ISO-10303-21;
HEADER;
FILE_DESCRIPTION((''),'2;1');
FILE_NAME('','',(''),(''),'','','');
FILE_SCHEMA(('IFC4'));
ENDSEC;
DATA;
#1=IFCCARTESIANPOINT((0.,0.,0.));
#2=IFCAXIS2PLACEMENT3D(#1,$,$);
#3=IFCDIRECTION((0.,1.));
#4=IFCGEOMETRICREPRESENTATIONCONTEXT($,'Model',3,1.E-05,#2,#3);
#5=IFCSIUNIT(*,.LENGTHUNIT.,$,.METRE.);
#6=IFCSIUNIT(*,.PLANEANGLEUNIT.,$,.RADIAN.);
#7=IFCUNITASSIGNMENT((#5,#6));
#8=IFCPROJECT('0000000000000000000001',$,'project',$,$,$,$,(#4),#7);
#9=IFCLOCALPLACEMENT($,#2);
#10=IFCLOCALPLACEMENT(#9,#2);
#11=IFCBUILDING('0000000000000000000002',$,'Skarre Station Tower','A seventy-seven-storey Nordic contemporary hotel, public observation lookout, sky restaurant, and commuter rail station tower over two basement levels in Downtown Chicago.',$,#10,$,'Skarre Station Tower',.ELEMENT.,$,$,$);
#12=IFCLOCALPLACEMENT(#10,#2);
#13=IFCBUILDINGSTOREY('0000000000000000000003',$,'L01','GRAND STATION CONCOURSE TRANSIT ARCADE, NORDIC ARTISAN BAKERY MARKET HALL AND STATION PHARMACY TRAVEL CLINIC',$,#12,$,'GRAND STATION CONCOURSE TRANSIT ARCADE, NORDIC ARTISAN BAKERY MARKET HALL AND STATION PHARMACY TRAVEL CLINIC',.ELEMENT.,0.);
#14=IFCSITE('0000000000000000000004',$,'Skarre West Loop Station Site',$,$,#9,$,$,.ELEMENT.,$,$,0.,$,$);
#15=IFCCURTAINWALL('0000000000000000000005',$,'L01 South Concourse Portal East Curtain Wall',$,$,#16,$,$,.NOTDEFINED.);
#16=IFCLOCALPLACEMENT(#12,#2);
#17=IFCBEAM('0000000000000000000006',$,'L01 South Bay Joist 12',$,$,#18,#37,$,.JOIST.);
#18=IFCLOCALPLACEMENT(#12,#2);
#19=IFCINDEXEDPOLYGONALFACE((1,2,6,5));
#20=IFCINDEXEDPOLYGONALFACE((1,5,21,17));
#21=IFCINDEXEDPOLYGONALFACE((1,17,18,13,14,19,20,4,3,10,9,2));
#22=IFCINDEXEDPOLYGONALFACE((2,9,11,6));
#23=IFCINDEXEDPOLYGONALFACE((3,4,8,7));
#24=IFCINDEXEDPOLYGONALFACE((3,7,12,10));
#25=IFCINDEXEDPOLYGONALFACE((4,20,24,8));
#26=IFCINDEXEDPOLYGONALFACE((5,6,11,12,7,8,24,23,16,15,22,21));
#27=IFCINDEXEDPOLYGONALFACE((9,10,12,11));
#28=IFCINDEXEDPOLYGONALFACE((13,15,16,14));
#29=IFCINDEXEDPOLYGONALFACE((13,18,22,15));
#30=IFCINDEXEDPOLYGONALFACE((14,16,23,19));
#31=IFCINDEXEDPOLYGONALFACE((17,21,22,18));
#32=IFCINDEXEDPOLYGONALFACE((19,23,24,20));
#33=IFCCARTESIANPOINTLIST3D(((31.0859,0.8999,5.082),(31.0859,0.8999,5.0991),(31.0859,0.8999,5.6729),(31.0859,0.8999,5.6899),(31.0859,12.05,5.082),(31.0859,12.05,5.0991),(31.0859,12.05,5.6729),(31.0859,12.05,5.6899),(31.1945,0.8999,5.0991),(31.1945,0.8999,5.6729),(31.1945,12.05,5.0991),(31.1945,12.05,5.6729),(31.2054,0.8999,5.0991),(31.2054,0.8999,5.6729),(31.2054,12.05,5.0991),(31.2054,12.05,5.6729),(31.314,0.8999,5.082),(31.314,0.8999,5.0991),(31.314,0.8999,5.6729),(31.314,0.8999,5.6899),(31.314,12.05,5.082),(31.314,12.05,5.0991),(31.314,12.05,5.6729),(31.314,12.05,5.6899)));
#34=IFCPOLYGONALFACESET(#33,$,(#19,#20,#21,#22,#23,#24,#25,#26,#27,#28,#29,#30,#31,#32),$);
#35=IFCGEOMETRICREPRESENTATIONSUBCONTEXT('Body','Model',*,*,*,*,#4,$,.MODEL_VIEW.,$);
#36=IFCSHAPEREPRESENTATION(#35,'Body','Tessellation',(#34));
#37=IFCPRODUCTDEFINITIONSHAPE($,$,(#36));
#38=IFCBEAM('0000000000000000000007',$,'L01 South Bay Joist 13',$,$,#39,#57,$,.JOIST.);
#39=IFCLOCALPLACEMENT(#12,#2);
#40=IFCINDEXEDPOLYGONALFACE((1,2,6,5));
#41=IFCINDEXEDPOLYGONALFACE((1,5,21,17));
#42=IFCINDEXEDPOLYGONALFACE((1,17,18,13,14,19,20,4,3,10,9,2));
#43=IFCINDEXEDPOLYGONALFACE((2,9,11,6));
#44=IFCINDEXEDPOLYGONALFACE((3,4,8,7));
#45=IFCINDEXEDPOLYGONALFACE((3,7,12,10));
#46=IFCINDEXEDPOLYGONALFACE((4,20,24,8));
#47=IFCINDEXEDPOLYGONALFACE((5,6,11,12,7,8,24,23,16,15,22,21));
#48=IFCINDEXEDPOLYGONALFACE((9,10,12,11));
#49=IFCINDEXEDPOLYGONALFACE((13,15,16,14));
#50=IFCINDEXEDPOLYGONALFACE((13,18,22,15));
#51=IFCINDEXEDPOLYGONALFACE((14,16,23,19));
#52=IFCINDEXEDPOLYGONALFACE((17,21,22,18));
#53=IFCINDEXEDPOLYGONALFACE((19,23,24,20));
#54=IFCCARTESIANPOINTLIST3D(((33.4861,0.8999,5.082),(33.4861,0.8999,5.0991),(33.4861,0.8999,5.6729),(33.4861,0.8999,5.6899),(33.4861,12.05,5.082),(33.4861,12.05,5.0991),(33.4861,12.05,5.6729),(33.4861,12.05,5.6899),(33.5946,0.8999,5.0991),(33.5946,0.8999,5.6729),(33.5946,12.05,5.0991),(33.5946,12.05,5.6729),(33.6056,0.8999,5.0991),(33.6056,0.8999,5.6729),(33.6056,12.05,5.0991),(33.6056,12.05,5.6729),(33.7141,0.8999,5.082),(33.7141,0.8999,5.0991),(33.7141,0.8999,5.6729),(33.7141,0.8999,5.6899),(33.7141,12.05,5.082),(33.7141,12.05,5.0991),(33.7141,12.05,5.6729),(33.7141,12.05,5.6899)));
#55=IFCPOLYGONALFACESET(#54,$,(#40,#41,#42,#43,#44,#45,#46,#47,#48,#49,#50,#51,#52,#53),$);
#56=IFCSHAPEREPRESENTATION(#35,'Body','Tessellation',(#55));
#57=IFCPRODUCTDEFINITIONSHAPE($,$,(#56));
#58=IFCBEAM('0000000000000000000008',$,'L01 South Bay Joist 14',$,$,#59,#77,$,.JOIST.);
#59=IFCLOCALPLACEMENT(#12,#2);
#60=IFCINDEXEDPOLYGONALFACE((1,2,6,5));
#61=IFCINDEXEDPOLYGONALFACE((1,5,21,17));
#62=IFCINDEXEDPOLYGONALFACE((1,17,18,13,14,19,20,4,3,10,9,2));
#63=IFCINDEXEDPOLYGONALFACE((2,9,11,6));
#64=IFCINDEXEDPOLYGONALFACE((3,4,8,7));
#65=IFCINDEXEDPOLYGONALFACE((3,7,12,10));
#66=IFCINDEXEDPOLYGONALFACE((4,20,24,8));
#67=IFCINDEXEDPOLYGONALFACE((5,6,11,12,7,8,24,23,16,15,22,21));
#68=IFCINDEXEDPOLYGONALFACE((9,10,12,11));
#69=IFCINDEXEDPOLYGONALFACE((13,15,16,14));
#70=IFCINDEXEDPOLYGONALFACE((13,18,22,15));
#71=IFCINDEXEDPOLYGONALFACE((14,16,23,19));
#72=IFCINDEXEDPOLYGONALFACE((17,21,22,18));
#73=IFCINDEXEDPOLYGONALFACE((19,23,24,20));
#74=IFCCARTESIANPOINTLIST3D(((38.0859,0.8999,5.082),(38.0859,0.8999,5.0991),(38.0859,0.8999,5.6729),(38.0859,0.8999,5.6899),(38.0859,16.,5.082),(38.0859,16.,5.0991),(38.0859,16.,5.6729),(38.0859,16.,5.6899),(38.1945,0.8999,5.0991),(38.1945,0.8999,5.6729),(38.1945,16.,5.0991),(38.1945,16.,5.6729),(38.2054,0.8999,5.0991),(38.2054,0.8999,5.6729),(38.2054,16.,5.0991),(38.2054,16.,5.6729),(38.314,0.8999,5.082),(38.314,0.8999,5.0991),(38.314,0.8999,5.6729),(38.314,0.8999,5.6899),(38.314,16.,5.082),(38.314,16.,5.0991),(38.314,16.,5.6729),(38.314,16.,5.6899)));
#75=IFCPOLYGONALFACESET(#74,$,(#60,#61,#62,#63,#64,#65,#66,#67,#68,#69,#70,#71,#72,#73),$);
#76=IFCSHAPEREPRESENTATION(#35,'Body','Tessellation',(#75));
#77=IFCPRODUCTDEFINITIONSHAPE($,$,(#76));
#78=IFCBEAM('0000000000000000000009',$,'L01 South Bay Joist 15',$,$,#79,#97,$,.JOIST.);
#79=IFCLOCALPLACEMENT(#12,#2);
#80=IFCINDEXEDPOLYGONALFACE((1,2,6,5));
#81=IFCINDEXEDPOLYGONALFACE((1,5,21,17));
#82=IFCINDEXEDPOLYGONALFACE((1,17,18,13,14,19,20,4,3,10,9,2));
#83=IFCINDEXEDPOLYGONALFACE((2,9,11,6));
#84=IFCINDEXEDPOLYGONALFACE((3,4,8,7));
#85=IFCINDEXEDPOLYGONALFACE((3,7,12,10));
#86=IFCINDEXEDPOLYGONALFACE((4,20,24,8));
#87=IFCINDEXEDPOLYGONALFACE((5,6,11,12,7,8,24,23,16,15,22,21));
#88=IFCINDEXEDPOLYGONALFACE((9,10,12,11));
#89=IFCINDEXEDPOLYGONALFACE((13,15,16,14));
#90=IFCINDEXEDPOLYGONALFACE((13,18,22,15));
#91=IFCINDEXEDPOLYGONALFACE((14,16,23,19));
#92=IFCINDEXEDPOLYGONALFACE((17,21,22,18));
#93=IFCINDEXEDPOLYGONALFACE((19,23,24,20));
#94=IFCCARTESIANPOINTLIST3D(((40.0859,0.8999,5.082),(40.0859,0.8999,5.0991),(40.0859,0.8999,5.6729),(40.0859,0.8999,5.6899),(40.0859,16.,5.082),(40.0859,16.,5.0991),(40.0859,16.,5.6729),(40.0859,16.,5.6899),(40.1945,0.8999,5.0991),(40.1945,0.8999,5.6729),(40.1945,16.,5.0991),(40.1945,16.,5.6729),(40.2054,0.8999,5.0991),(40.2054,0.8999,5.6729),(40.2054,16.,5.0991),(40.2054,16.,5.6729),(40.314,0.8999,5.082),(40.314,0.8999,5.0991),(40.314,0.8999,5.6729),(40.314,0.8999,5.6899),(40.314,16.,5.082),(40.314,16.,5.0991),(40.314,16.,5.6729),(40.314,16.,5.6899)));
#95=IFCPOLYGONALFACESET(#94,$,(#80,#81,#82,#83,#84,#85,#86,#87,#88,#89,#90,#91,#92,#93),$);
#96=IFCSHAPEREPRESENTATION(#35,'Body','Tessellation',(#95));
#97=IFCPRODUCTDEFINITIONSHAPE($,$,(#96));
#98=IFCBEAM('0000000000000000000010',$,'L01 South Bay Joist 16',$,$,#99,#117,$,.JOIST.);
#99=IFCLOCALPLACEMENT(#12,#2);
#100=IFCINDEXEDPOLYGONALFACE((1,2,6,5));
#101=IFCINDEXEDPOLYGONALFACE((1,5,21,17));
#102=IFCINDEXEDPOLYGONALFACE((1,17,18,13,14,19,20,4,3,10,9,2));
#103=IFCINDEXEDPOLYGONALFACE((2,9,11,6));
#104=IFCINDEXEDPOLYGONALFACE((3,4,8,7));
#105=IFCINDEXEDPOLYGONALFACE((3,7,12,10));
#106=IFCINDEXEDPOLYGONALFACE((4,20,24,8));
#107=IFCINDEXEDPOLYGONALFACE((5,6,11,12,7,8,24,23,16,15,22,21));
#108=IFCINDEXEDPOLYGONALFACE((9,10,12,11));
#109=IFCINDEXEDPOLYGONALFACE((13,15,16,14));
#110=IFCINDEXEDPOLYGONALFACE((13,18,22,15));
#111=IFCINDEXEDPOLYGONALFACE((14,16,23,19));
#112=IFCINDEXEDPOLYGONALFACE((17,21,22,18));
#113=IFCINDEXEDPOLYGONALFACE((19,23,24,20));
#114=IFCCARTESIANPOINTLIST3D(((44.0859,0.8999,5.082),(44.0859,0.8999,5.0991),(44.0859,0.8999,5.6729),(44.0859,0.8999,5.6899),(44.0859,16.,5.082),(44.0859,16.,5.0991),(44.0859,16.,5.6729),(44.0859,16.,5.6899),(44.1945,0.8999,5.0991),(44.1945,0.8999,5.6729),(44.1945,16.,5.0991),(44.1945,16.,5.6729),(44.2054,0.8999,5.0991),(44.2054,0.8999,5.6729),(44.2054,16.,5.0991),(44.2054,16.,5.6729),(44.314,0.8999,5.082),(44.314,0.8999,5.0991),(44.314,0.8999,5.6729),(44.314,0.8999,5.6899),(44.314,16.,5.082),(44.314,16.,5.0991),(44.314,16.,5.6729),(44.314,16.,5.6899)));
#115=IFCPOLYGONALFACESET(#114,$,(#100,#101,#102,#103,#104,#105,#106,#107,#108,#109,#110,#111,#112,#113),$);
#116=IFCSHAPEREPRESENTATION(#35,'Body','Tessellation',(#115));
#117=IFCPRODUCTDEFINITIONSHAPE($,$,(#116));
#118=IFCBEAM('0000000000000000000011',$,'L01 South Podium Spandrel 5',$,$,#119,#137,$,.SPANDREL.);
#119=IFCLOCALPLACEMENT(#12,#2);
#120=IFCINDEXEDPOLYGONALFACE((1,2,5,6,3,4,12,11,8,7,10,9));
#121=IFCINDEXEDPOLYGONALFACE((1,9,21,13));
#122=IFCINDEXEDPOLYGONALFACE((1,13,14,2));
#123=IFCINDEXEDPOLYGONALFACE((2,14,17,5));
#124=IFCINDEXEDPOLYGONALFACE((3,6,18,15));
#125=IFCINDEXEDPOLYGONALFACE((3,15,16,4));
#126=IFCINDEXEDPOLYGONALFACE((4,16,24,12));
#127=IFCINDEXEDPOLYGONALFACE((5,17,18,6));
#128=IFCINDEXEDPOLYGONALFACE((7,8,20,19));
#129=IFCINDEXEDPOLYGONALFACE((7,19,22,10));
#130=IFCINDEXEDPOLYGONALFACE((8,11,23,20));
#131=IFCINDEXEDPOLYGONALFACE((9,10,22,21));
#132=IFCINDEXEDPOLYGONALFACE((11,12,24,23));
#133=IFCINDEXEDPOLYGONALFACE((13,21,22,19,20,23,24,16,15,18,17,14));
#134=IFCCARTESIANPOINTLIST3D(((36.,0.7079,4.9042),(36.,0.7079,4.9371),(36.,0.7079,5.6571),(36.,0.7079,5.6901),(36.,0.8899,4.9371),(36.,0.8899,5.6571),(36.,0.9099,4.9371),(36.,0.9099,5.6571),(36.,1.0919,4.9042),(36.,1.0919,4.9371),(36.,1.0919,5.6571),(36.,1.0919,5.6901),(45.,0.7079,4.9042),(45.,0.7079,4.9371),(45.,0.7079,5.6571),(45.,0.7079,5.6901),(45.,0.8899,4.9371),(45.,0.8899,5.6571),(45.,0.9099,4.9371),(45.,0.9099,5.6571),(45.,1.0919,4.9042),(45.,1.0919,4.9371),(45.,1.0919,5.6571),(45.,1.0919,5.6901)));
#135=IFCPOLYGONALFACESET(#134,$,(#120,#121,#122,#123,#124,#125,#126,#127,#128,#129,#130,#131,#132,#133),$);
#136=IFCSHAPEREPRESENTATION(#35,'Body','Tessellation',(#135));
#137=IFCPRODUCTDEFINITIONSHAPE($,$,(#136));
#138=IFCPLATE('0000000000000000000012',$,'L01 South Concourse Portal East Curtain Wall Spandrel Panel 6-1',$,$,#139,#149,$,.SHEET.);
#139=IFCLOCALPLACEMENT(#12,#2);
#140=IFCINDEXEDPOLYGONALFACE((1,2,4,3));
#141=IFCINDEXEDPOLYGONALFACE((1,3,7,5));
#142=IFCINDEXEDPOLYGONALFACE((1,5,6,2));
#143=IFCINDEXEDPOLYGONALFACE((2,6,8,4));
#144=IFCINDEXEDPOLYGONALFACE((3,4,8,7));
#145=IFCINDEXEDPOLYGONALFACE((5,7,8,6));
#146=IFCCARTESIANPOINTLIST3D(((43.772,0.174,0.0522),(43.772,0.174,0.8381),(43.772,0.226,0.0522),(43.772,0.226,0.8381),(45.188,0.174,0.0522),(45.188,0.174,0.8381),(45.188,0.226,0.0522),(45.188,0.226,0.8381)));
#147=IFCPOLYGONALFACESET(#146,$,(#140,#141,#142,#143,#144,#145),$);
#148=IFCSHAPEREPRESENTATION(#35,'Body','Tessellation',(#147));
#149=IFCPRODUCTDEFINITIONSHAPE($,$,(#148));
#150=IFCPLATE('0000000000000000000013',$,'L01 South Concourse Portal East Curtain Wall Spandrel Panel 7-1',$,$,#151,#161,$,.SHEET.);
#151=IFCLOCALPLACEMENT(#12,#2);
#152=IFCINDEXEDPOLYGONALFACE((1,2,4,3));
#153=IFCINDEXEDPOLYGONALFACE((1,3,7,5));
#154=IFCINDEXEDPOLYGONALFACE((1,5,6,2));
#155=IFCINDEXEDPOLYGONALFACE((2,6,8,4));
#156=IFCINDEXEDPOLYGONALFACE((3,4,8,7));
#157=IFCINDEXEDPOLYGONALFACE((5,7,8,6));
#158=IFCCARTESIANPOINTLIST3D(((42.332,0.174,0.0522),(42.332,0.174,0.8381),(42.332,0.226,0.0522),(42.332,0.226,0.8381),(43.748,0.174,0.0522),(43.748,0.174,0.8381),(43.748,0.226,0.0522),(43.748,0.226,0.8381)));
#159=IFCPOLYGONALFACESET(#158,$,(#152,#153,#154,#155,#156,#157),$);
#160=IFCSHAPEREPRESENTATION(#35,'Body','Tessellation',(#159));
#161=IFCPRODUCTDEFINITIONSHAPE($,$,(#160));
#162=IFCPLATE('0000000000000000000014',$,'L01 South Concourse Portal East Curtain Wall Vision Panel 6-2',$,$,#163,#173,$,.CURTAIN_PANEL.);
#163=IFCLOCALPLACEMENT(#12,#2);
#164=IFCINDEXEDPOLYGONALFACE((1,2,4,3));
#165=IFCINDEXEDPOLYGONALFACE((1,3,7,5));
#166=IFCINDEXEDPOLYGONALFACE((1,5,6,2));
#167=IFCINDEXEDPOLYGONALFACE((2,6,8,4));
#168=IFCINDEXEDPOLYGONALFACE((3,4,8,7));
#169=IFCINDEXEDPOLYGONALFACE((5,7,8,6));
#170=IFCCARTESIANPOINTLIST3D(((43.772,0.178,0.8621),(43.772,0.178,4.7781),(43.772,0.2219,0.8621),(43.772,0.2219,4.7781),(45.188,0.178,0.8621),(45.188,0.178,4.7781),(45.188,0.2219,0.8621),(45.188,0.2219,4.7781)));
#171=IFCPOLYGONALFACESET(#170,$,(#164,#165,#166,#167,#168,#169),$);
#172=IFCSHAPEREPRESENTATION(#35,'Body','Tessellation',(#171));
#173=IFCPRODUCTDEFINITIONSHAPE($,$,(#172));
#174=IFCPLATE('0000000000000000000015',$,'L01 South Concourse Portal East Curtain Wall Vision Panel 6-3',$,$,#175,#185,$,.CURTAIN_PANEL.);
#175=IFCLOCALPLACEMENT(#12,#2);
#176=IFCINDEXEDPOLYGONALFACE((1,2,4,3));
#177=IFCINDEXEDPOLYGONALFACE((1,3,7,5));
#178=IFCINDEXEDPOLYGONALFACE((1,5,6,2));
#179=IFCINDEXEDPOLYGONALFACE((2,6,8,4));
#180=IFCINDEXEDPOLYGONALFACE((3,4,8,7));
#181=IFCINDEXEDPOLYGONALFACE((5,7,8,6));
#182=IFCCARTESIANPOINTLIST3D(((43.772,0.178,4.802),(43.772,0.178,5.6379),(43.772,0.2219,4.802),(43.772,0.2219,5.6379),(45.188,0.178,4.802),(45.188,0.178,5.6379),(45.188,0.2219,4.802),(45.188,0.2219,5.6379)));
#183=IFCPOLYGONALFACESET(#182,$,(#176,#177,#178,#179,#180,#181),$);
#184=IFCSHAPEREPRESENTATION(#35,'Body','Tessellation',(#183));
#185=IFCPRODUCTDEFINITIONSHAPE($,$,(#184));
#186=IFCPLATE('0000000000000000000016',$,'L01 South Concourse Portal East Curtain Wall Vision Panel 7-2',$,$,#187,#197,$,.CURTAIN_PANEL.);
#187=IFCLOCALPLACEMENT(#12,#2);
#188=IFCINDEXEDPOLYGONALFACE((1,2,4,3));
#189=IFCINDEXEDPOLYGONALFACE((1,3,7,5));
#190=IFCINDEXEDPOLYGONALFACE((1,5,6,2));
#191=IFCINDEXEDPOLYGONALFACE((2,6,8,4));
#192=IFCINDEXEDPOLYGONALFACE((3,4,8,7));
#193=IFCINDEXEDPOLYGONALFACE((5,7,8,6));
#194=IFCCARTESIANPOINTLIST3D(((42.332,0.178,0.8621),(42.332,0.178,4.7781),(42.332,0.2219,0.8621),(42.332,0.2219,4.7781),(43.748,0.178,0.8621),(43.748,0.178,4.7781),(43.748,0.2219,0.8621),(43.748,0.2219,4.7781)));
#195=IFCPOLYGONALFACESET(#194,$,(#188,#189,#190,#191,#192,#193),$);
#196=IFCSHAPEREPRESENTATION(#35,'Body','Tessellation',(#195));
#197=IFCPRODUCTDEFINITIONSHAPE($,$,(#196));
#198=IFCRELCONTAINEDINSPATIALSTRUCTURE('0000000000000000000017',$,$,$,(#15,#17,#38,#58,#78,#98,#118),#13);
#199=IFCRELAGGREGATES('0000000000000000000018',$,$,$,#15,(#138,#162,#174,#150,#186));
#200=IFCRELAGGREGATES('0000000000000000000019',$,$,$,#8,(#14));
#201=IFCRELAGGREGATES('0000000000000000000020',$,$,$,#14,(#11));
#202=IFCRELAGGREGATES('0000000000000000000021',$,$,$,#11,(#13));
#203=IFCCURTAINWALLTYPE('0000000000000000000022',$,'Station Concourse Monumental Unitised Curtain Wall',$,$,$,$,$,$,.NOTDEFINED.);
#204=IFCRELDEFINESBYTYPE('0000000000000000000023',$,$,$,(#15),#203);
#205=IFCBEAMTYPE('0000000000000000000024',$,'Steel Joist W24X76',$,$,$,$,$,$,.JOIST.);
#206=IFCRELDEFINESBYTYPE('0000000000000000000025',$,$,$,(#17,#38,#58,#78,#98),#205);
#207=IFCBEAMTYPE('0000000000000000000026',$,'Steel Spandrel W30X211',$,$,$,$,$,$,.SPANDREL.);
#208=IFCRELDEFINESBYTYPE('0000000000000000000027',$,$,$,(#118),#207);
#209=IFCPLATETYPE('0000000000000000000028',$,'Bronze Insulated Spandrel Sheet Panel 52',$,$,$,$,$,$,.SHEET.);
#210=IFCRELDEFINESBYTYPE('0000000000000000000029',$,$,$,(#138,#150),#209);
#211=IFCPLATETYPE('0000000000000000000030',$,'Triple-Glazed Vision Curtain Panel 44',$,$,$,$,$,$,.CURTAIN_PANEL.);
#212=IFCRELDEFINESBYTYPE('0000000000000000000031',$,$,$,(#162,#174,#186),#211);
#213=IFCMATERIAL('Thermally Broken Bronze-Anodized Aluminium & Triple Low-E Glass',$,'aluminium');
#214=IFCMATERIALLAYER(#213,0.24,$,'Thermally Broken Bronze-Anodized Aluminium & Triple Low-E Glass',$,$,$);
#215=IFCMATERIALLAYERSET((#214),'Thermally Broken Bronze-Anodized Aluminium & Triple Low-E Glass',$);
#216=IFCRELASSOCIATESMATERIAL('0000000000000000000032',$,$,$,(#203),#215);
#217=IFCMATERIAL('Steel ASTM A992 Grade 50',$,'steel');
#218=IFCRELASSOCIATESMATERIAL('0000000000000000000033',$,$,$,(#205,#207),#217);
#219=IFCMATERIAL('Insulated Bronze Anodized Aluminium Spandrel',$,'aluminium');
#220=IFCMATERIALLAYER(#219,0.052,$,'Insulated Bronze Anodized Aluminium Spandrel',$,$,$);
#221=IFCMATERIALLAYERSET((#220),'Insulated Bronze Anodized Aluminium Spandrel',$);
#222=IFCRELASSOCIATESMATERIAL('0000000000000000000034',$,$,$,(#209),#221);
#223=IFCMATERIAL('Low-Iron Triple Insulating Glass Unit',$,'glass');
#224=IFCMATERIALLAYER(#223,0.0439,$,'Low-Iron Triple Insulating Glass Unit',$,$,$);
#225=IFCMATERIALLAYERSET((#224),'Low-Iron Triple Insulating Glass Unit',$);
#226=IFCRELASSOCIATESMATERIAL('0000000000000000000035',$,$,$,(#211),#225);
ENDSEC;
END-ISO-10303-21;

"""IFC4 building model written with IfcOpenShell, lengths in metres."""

from ifc_helpers import new_model, si_unit, direction, frame, origin, origin_2d, place, context, subcontext, project, spatial, rectangle, i_section, extrude, material, layer, layer_set, material_profile, profile_set, type_object, element, aggregate, save


model = new_model("IFC4")

# Units and contexts
model_context = context("Model", 3, precision=1e-05, world=origin(), true_north=direction((0.0, 1.0)))
body_context = subcontext(model_context, "Body", "Model", "MODEL_VIEW")
ifc_project = project(units=[si_unit("LENGTHUNIT", "METRE"), si_unit("PLANEANGLEUNIT", "RADIAN")], contexts=[model_context])

# Site, building, storey
site_placement = place(None, origin())
site = spatial("IfcSite", under=ifc_project, at=site_placement, Name="Skarre West Loop Station Site", CompositionType="ELEMENT", RefElevation=0.0)
building_placement = place(site_placement, origin())
building = spatial("IfcBuilding", under=site, at=building_placement, Name="Skarre Station Tower", Description="A seventy-seven-storey Nordic contemporary hotel, public observation lookout, sky restaurant, and commuter rail station tower over two basement levels in Downtown Chicago.", LongName="Skarre Station Tower", CompositionType="ELEMENT")
storey_placement = place(building_placement, origin())
storey = spatial("IfcBuildingStorey", under=building, at=storey_placement, Name="L01", Description="GRAND STATION CONCOURSE TRANSIT ARCADE, NORDIC ARTISAN BAKERY MARKET HALL AND STATION PHARMACY TRAVEL CLINIC", LongName="GRAND STATION CONCOURSE TRANSIT ARCADE, NORDIC ARTISAN BAKERY MARKET HALL AND STATION PHARMACY TRAVEL CLINIC", CompositionType="ELEMENT", Elevation=0.0)

# Curtain wall
ifc_material_1 = material(Name="Thermally Broken Bronze-Anodized Aluminium & Triple Low-E Glass", Category="aluminium")
ifc_layer_1 = layer(ifc_material_1, 0.24, Name="Thermally Broken Bronze-Anodized Aluminium & Triple Low-E Glass")
ifc_layer_set_1 = layer_set([ifc_layer_1], Name="Thermally Broken Bronze-Anodized Aluminium & Triple Low-E Glass")
curtain_wall_type = type_object("IfcCurtainWallType", Name="Station Concourse Monumental Unitised Curtain Wall", PredefinedType="NOTDEFINED", material=ifc_layer_set_1)
curtain_wall_placement = place(storey_placement, origin())
curtain_wall = element("IfcCurtainWall", 1, at=curtain_wall_placement, inside=storey, type_object=curtain_wall_type, Name="L01 South Concourse Portal East Curtain Wall", PredefinedType="NOTDEFINED")

# Beams
ifc_material_2 = material(Name="Steel ASTM A992 Grade 50", Category="steel")
ifc_material_profile_1 = material_profile(ifc_material_2, i_section(OverallWidth=0.228, OverallDepth=0.6079, WebThickness=0.011, FlangeThickness=0.0171, at=origin_2d()), Name="Steel ASTM A992 Grade 50")
ifc_profile_set_1 = profile_set([ifc_material_profile_1], Name="Steel ASTM A992 Grade 50")
beam_type_1 = type_object("IfcBeamType", Name="Steel Joist W24X76", PredefinedType="JOIST", material=ifc_profile_set_1)
for number, where, z_axis, x_axis, name in (
    (2, (31.2, 0.8999, 5.386), (0.0, 1.0, 0.0), (-1.0, 0.0, 0.0), "L01 South Bay Joist 12"),
    (3, (33.6001, 0.8999, 5.386), (0.0, 1.0, 0.0), (-1.0, 0.0, 0.0), "L01 South Bay Joist 13"),
):
    element("IfcBeam", number, at=place(storey_placement, frame(where, z_axis=z_axis, x_axis=x_axis)), inside=storey, type_object=beam_type_1, Name=name, PredefinedType="JOIST", context=body_context, shape_type="SweptSolid", body=[
        extrude(i_section(OverallWidth=0.228, OverallDepth=0.6079, WebThickness=0.011, FlangeThickness=0.0171, at=origin_2d()), origin(), (0.0, 0.0, 1.0), 11.1501),
    ])
for number, where, z_axis, x_axis, name in (
    (4, (38.2, 0.8999, 5.386), (0.0, 1.0, 0.0), (-1.0, 0.0, 0.0), "L01 South Bay Joist 14"),
    (5, (40.2, 0.8999, 5.386), (0.0, 1.0, 0.0), (-1.0, 0.0, 0.0), "L01 South Bay Joist 15"),
    (6, (44.2, 0.8999, 5.386), (0.0, 1.0, 0.0), (-1.0, 0.0, 0.0), "L01 South Bay Joist 16"),
):
    element("IfcBeam", number, at=place(storey_placement, frame(where, z_axis=z_axis, x_axis=x_axis)), inside=storey, type_object=beam_type_1, Name=name, PredefinedType="JOIST", context=body_context, shape_type="SweptSolid", body=[
        extrude(i_section(OverallWidth=0.228, OverallDepth=0.6079, WebThickness=0.011, FlangeThickness=0.0171, at=origin_2d()), origin(), (0.0, 0.0, 1.0), 15.1001),
    ])
ifc_material_profile_2 = material_profile(ifc_material_2, i_section(OverallWidth=0.384, OverallDepth=0.7859, WebThickness=0.02, FlangeThickness=0.033, at=origin_2d()), Name="Steel ASTM A992 Grade 50")
ifc_profile_set_2 = profile_set([ifc_material_profile_2], Name="Steel ASTM A992 Grade 50")
beam_type_2 = type_object("IfcBeamType", Name="Steel Spandrel W30X211", PredefinedType="SPANDREL", material=ifc_profile_set_2)
beam_1_placement = place(storey_placement, frame((36.0, 0.8999, 5.2971), z_axis=(1.0, 0.0, 0.0), x_axis=(0.0, 1.0, 0.0)))
element("IfcBeam", 7, at=beam_1_placement, inside=storey, type_object=beam_type_2, Name="L01 South Podium Spandrel 5", PredefinedType="SPANDREL", context=body_context, shape_type="SweptSolid", body=[
    extrude(i_section(OverallWidth=0.384, OverallDepth=0.7859, WebThickness=0.02, FlangeThickness=0.033, at=origin_2d()), origin(), (0.0, 0.0, 1.0), 9.0),
])

# Plates
ifc_material_3 = material(Name="Insulated Bronze Anodized Aluminium Spandrel", Category="aluminium")
ifc_layer_2 = layer(ifc_material_3, 0.052, Name="Insulated Bronze Anodized Aluminium Spandrel")
ifc_layer_set_2 = layer_set([ifc_layer_2], Name="Insulated Bronze Anodized Aluminium Spandrel")
plate_type_1 = type_object("IfcPlateType", Name="Bronze Insulated Spandrel Sheet Panel 52", PredefinedType="SHEET", material=ifc_layer_set_2)
plate_1_placement = place(storey_placement, frame((44.48, 0.2, 0.0522), z_axis=(0.0, 0.0, 1.0), x_axis=(-1.0, 0.0, 0.0)))
plate_1 = element("IfcPlate", 8, at=plate_1_placement, type_object=plate_type_1, Name="L01 South Concourse Portal East Curtain Wall Spandrel Panel 6-1", PredefinedType="SHEET", context=body_context, shape_type="SweptSolid", body=[
    extrude(rectangle(XDim=1.416, YDim=0.052, at=origin_2d()), origin(), (0.0, 0.0, 1.0), 0.7859),
])
plate_2_placement = place(storey_placement, frame((43.04, 0.2, 0.0522), z_axis=(0.0, 0.0, 1.0), x_axis=(-1.0, 0.0, 0.0)))
plate_2 = element("IfcPlate", 9, at=plate_2_placement, type_object=plate_type_1, Name="L01 South Concourse Portal East Curtain Wall Spandrel Panel 7-1", PredefinedType="SHEET", context=body_context, shape_type="SweptSolid", body=[
    extrude(rectangle(XDim=1.416, YDim=0.052, at=origin_2d()), origin(), (0.0, 0.0, 1.0), 0.7859),
])
ifc_material_4 = material(Name="Low-Iron Triple Insulating Glass Unit", Category="glass")
ifc_layer_3 = layer(ifc_material_4, 0.0439, Name="Low-Iron Triple Insulating Glass Unit")
ifc_layer_set_3 = layer_set([ifc_layer_3], Name="Low-Iron Triple Insulating Glass Unit")
plate_type_2 = type_object("IfcPlateType", Name="Triple-Glazed Vision Curtain Panel 44", PredefinedType="CURTAIN_PANEL", material=ifc_layer_set_3)
plate_3_placement = place(storey_placement, frame((44.48, 0.2, 0.8621), z_axis=(0.0, 0.0, 1.0), x_axis=(-1.0, 0.0, 0.0)))
plate_3 = element("IfcPlate", 10, at=plate_3_placement, type_object=plate_type_2, Name="L01 South Concourse Portal East Curtain Wall Vision Panel 6-2", PredefinedType="CURTAIN_PANEL", context=body_context, shape_type="SweptSolid", body=[
    extrude(rectangle(XDim=1.416, YDim=0.0439, at=origin_2d()), origin(), (0.0, 0.0, 1.0), 3.916),
])
plate_4_placement = place(storey_placement, frame((44.48, 0.2, 4.802), z_axis=(0.0, 0.0, 1.0), x_axis=(-1.0, 0.0, 0.0)))
plate_4 = element("IfcPlate", 11, at=plate_4_placement, type_object=plate_type_2, Name="L01 South Concourse Portal East Curtain Wall Vision Panel 6-3", PredefinedType="CURTAIN_PANEL", context=body_context, shape_type="SweptSolid", body=[
    extrude(rectangle(XDim=1.416, YDim=0.0439, at=origin_2d()), origin(), (0.0, 0.0, 1.0), 0.8359),
])
plate_5_placement = place(storey_placement, frame((43.04, 0.2, 0.8621), z_axis=(0.0, 0.0, 1.0), x_axis=(-1.0, 0.0, 0.0)))
plate_5 = element("IfcPlate", 12, at=plate_5_placement, type_object=plate_type_2, Name="L01 South Concourse Portal East Curtain Wall Vision Panel 7-2", PredefinedType="CURTAIN_PANEL", context=body_context, shape_type="SweptSolid", body=[
    extrude(rectangle(XDim=1.416, YDim=0.0439, at=origin_2d()), origin(), (0.0, 0.0, 1.0), 3.916),
])
aggregate(curtain_wall, [plate_1, plate_3, plate_4, plate_2, plate_5])

save(model, "model.ifc")
